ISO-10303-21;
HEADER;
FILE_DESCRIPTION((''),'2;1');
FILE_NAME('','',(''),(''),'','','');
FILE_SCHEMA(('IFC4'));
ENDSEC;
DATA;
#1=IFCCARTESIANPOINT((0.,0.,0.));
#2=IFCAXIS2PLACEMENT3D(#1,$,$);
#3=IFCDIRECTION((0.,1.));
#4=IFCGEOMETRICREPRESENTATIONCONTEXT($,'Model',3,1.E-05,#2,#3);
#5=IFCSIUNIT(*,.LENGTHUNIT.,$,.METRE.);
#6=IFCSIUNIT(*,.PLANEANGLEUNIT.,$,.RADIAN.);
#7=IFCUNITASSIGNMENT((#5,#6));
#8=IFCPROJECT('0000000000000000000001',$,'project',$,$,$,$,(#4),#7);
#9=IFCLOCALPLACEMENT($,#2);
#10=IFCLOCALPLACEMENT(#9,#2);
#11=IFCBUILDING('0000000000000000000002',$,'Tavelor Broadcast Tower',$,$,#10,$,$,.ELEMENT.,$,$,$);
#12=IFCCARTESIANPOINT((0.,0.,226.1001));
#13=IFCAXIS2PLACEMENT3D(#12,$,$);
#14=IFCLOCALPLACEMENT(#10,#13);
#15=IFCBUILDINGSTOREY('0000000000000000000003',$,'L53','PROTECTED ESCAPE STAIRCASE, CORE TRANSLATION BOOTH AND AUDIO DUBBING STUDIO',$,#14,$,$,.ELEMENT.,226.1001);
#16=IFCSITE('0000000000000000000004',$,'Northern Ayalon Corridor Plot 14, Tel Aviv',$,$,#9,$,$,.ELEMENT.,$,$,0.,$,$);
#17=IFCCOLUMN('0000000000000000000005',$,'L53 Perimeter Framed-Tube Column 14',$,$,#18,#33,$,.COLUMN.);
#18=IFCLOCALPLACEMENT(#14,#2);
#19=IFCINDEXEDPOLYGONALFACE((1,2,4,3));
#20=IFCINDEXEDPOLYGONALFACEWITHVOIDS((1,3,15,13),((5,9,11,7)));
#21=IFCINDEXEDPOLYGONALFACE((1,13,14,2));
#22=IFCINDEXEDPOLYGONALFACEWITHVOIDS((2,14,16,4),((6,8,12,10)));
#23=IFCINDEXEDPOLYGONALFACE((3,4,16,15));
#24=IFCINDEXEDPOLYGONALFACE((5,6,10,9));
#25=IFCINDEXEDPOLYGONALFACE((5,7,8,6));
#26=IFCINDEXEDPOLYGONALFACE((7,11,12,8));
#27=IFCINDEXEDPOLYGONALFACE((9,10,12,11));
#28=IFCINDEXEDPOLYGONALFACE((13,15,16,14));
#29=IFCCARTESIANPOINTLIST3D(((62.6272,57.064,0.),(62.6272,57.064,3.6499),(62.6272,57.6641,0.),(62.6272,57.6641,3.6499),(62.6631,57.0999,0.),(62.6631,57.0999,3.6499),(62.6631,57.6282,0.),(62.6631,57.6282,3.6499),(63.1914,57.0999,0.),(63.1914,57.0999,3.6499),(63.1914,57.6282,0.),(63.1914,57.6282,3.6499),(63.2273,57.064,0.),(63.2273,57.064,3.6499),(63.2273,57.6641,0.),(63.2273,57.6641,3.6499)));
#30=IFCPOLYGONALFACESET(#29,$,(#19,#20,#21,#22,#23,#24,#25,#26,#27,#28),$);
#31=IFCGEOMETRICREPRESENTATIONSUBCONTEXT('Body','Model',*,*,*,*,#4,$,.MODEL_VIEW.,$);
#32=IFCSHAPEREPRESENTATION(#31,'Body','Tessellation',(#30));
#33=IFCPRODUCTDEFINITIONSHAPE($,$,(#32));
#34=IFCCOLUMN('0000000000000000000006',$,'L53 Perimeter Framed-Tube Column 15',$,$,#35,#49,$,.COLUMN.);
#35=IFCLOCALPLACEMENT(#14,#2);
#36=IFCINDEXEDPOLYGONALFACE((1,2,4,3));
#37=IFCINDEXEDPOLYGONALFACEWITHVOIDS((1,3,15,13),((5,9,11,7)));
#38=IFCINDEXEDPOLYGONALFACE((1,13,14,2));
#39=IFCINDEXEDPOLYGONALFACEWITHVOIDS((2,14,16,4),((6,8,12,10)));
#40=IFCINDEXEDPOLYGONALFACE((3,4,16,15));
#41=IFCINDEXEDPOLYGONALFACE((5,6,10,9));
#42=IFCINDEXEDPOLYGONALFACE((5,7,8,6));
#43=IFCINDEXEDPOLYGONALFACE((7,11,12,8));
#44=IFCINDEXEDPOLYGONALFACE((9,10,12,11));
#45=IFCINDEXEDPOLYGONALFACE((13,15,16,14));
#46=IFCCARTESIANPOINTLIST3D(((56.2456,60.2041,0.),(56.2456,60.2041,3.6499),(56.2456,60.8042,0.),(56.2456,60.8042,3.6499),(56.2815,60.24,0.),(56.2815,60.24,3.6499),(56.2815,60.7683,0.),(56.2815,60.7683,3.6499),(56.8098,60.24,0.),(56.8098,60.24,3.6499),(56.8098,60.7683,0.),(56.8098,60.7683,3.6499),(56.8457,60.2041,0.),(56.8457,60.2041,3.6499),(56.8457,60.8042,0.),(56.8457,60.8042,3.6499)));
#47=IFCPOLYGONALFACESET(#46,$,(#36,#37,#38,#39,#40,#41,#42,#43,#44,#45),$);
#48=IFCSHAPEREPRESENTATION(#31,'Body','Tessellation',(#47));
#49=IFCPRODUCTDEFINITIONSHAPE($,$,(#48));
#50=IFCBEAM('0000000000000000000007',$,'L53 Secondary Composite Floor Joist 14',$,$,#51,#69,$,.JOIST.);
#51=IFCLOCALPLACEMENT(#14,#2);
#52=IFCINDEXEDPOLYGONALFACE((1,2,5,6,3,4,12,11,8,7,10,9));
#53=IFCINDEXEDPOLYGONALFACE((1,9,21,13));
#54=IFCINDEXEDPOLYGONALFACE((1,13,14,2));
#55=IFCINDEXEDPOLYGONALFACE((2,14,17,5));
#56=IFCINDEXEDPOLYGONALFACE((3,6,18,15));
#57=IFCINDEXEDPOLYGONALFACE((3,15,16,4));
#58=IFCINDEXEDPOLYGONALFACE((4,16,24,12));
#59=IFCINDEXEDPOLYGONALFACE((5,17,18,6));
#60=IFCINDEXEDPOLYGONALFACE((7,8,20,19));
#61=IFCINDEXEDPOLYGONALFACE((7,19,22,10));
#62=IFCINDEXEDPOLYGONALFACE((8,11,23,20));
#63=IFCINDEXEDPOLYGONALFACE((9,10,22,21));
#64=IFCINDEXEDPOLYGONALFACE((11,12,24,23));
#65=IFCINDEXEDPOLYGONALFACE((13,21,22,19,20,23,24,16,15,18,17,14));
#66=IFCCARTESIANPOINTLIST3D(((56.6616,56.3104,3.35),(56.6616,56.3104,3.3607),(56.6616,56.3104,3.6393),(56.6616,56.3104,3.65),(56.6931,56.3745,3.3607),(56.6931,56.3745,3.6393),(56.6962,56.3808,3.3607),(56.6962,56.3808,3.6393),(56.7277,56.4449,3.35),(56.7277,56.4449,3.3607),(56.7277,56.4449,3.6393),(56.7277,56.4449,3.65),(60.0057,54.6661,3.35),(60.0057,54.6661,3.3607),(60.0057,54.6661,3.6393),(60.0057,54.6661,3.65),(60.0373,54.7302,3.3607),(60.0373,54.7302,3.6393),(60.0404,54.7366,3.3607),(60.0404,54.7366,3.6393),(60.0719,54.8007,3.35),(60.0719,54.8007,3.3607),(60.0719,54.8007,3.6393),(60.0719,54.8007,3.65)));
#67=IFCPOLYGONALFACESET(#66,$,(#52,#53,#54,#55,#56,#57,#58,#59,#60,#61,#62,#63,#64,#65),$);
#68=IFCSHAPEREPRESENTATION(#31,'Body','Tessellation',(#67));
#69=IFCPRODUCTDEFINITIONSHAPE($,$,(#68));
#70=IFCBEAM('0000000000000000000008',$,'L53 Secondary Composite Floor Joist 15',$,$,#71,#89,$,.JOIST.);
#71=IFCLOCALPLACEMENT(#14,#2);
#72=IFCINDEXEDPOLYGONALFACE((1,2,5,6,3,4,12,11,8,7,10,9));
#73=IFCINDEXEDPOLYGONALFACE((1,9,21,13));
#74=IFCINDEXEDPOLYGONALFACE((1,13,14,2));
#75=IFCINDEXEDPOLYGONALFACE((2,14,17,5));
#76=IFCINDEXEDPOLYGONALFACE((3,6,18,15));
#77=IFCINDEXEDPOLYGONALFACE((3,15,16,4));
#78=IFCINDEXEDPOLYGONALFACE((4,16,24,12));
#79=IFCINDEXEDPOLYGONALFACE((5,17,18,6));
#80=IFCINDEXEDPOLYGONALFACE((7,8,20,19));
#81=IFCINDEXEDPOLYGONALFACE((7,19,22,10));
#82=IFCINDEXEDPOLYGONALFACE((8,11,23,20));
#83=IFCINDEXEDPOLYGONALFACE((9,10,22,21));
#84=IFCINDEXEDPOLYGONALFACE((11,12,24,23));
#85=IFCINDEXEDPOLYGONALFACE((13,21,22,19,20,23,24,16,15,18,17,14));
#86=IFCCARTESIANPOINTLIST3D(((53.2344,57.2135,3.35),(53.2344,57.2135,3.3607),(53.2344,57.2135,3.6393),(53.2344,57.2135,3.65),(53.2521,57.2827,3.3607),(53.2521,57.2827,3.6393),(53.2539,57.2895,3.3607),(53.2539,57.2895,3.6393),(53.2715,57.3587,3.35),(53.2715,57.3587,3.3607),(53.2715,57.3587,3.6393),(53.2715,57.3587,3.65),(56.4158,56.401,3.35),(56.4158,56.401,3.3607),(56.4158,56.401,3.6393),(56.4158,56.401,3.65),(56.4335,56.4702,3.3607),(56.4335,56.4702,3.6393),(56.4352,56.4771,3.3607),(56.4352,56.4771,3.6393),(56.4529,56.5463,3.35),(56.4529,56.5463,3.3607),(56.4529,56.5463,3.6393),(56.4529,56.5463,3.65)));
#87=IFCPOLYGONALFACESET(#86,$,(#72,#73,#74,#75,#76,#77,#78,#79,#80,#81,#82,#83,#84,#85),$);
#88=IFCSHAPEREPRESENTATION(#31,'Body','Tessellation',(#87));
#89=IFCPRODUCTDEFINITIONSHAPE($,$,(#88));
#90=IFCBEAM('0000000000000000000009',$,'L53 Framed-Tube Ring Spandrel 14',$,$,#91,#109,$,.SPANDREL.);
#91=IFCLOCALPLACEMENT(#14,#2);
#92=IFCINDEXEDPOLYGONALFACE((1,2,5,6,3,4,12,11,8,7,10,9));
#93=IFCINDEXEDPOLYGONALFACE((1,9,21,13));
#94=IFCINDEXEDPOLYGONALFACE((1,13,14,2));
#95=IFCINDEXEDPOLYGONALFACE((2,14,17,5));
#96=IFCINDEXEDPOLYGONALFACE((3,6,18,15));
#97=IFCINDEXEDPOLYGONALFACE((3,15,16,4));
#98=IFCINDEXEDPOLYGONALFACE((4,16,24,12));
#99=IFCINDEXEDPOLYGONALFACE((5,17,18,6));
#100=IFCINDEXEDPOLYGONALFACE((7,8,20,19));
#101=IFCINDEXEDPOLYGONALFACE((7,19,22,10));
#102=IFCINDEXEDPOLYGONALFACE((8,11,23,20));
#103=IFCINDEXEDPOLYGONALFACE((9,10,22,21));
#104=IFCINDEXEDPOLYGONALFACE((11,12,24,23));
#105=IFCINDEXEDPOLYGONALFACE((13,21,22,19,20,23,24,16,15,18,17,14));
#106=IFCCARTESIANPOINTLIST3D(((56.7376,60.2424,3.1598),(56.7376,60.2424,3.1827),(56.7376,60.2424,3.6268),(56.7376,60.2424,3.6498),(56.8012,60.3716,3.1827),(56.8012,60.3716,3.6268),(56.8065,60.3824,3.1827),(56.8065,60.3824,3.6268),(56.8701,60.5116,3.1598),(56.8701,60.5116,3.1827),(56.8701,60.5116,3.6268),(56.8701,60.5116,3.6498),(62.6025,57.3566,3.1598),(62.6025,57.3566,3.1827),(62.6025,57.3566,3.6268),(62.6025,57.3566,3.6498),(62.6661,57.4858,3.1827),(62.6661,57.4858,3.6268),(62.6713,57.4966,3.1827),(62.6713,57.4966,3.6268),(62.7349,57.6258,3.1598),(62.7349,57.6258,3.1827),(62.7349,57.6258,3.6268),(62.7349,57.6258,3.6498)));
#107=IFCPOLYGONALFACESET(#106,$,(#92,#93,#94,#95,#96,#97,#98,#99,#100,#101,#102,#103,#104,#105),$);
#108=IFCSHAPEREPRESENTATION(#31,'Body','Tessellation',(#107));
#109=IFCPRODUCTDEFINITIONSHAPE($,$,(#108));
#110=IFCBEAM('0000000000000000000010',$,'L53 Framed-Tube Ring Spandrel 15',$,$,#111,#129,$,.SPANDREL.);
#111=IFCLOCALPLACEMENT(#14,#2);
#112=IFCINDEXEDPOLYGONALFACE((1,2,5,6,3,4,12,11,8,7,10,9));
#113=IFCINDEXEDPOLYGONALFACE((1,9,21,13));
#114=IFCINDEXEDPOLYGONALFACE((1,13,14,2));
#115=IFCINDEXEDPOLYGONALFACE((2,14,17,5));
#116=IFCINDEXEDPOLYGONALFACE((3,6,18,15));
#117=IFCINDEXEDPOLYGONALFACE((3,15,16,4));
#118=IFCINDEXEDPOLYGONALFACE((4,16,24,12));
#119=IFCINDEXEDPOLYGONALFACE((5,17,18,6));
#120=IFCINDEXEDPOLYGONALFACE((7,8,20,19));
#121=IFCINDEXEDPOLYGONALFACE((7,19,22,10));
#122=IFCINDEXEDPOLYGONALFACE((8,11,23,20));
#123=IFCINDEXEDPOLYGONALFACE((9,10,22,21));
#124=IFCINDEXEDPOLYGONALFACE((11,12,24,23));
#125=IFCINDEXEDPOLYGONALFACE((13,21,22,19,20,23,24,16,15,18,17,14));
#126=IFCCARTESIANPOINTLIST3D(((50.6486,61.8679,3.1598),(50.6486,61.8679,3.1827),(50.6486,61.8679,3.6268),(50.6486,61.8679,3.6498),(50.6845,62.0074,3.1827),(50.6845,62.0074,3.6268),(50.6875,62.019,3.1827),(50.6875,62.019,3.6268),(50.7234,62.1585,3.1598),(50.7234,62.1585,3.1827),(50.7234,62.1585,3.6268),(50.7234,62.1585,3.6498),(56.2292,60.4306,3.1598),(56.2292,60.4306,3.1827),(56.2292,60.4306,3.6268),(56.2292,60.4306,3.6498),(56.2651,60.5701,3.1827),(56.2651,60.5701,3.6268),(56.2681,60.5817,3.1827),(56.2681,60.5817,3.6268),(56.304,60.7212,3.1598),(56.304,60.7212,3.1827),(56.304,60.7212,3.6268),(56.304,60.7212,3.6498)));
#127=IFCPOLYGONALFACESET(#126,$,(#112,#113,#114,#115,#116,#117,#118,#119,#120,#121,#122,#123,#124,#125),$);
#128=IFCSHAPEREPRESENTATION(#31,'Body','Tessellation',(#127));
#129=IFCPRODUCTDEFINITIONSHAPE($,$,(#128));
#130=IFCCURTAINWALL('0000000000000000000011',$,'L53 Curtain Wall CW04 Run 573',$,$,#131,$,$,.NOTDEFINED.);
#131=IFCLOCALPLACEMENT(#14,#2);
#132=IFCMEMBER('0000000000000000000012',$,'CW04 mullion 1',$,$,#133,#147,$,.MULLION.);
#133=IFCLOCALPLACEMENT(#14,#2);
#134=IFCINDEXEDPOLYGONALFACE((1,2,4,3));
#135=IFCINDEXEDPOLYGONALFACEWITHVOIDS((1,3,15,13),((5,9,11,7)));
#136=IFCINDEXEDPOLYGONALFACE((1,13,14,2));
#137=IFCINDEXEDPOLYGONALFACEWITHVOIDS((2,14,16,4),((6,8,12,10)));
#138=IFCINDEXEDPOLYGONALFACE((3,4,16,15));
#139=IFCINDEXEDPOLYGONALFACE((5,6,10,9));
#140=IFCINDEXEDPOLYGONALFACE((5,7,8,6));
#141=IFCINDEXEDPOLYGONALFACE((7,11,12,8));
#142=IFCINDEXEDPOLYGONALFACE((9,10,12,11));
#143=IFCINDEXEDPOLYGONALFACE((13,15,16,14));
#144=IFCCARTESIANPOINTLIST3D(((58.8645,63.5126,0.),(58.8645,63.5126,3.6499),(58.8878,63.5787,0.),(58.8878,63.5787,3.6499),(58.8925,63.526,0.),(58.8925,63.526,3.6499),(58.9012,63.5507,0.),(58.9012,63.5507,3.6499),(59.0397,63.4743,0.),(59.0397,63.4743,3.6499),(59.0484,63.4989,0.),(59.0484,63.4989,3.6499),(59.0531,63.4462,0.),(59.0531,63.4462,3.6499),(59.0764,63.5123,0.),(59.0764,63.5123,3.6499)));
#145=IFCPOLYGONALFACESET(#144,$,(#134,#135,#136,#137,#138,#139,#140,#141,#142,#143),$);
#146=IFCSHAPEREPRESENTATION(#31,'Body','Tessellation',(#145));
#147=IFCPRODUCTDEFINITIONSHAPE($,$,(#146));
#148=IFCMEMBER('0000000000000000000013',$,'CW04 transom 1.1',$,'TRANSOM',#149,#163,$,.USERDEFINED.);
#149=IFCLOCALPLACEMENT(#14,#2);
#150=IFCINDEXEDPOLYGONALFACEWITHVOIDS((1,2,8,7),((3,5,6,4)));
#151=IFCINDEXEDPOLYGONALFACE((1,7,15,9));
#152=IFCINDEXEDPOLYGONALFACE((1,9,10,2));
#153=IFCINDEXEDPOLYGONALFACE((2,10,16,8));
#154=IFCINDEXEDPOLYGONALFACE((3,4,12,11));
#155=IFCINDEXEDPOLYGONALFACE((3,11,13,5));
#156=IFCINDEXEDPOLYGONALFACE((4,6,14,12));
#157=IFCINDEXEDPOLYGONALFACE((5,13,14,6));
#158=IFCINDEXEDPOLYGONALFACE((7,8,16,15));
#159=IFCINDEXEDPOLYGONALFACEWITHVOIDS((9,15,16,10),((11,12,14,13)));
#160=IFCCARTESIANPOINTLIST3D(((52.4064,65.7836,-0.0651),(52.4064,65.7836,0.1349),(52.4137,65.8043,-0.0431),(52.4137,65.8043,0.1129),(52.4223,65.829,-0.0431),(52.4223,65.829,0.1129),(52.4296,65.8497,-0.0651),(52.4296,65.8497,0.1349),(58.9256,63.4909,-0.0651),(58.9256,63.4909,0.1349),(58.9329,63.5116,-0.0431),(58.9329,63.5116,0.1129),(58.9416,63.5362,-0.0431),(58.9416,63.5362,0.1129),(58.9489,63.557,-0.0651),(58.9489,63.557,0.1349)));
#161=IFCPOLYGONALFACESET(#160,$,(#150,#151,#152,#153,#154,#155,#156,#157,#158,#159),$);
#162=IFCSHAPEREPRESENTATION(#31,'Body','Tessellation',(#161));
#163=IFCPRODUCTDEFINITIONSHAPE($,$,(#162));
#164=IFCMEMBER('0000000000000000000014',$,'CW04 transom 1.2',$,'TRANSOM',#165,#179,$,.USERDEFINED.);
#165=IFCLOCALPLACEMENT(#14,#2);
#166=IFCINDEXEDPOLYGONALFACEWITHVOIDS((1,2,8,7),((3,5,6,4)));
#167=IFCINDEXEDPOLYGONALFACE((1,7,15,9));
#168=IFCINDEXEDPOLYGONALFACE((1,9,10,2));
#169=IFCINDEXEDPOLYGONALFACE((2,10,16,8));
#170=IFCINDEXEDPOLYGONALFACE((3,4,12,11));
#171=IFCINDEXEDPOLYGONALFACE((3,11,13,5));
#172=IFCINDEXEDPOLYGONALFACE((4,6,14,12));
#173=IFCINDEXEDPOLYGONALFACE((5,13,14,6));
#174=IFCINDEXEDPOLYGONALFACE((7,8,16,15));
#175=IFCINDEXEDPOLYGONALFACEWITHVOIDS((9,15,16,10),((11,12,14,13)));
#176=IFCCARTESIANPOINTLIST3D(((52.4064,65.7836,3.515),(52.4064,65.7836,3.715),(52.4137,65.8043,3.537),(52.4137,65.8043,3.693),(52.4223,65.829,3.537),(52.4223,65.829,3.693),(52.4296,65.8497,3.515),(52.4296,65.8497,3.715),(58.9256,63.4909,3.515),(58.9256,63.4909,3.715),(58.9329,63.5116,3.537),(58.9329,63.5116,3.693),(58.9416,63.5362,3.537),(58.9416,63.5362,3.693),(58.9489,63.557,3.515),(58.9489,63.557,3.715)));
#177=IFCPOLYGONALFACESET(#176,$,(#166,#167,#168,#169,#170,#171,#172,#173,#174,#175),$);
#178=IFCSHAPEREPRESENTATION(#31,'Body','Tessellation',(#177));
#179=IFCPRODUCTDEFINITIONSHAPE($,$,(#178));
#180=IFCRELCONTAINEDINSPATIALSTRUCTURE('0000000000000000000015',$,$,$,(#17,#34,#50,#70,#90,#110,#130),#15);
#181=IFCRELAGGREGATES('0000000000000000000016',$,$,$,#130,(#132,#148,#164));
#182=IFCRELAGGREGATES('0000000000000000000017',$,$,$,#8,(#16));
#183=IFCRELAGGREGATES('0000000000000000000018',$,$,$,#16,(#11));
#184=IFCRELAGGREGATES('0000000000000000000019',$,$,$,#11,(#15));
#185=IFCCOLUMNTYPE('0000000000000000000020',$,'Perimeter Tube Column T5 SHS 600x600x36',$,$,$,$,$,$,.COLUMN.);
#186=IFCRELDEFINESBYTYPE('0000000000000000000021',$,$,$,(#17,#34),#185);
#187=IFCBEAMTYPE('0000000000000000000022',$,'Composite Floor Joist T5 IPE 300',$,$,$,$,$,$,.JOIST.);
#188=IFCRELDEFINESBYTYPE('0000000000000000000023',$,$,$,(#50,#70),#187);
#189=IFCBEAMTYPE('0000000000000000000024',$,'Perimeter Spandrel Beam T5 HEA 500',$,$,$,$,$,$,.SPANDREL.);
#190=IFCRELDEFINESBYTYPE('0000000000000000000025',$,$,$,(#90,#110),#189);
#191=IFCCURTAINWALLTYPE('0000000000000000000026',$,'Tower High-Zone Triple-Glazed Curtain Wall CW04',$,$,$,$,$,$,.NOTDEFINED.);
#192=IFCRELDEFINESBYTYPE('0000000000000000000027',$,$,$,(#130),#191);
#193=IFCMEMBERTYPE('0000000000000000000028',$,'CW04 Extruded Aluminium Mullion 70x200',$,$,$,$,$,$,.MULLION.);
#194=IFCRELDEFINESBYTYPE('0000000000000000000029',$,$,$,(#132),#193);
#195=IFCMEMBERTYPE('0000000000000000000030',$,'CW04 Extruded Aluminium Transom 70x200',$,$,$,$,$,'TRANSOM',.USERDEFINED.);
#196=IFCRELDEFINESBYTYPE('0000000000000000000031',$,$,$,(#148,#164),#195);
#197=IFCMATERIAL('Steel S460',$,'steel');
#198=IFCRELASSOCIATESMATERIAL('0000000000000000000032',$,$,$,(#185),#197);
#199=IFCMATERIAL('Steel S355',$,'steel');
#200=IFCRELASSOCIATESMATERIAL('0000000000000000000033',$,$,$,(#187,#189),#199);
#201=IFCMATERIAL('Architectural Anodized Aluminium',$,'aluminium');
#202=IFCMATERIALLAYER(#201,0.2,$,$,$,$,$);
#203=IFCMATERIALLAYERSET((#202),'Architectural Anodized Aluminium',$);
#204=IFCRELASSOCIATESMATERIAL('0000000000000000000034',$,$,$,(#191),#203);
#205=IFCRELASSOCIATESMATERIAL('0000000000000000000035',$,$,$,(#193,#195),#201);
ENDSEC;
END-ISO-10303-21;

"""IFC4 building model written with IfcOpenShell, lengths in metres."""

from ifc_helpers import new_model, si_unit, direction, frame, origin, origin_2d, place, context, subcontext, project, spatial, hollow_rectangle, i_section, extrude, source, transform, mapped, material, layer, layer_set, material_profile, profile_set, type_object, type_shapes, element, aggregate, save


model = new_model("IFC4")

# Units and contexts
model_context = context("Model", 3, precision=1e-05, world=origin(), true_north=direction((0.0, 1.0)))
body_context = subcontext(model_context, "Body", "Model", "MODEL_VIEW")
ifc_project = project(units=[si_unit("LENGTHUNIT", "METRE"), si_unit("PLANEANGLEUNIT", "RADIAN")], contexts=[model_context])

# Site, building, storey
site_placement = place(None, origin())
site = spatial("IfcSite", under=ifc_project, at=site_placement, Name="Northern Ayalon Corridor Plot 14, Tel Aviv", CompositionType="ELEMENT", RefElevation=0.0)
building_placement = place(site_placement, origin())
building = spatial("IfcBuilding", under=site, at=building_placement, Name="Tavelor Broadcast Tower", CompositionType="ELEMENT")
storey_placement = place(building_placement, frame((0.0, 0.0, 226.1001)))
storey = spatial("IfcBuildingStorey", under=building, at=storey_placement, Name="L53", Description="PROTECTED ESCAPE STAIRCASE, CORE TRANSLATION BOOTH AND AUDIO DUBBING STUDIO", CompositionType="ELEMENT", Elevation=226.1001)

# Columns
ifc_material_1 = material(Name="Steel S460", Category="steel")
ifc_material_profile_1 = material_profile(ifc_material_1, hollow_rectangle(XDim=0.6001, YDim=0.6001, WallThickness=0.0359, at=origin_2d()), Name="SHS 600x600x36")
ifc_profile_set_1 = profile_set([ifc_material_profile_1], Name="Steel S460")
column_type = type_object("IfcColumnType", Name="Perimeter Tube Column T5 SHS 600x600x36", PredefinedType="COLUMN", material=ifc_profile_set_1)
for number, where, z_axis, x_axis, name in (
    (1, (62.9272, 57.364, 0.0), (0.0, 0.0, 1.0), (1.0, 0.0, 0.0), "L53 Perimeter Framed-Tube Column 14"),
    (2, (56.5457, 60.5042, 0.0), (0.0, 0.0, 1.0), (1.0, 0.0, 0.0), "L53 Perimeter Framed-Tube Column 15"),
):
    element("IfcColumn", number, at=place(storey_placement, frame(where, z_axis=z_axis, x_axis=x_axis)), inside=storey, type_object=column_type, Name=name, PredefinedType="COLUMN", context=body_context, shape_type="SweptSolid", body=[
        extrude(hollow_rectangle(XDim=0.6001, YDim=0.6001, WallThickness=0.0359, at=origin_2d()), origin(), (0.0, 0.0, 1.0), 3.6499),
    ])

# Beams
ifc_material_2 = material(Name="Steel S355", Category="steel")
ifc_material_profile_2 = material_profile(ifc_material_2, i_section(OverallWidth=0.1499, OverallDepth=0.3, WebThickness=0.0071, FlangeThickness=0.0107, at=origin_2d()), Name="IPE 300")
ifc_profile_set_2 = profile_set([ifc_material_profile_2], Name="Steel S355")
beam_type_1 = type_object("IfcBeamType", Name="Composite Floor Joist T5 IPE 300", PredefinedType="JOIST", material=ifc_profile_set_2)
beam_1_placement = place(storey_placement, frame((60.0388, 54.7334, 3.5), z_axis=(-0.897395, 0.441229, 0.0), x_axis=(-0.441229, -0.897395, 0.0)))
element("IfcBeam", 3, at=beam_1_placement, inside=storey, type_object=beam_type_1, Name="L53 Secondary Composite Floor Joist 14", PredefinedType="JOIST", context=body_context, shape_type="SweptSolid", body=[
    extrude(i_section(OverallWidth=0.1499, OverallDepth=0.3, WebThickness=0.0071, FlangeThickness=0.0107, at=origin_2d()), origin(), (0.0, 0.0, 1.0), 3.7266),
])
beam_2_placement = place(storey_placement, frame((56.4343, 56.4736, 3.5), z_axis=(-0.968901, 0.247449, 0.0), x_axis=(-0.247449, -0.968901, 0.0)))
element("IfcBeam", 4, at=beam_2_placement, inside=storey, type_object=beam_type_1, Name="L53 Secondary Composite Floor Joist 15", PredefinedType="JOIST", context=body_context, shape_type="SweptSolid", body=[
    extrude(i_section(OverallWidth=0.1499, OverallDepth=0.3, WebThickness=0.0071, FlangeThickness=0.0107, at=origin_2d()), origin(), (0.0, 0.0, 1.0), 3.2834),
])
ifc_material_profile_3 = material_profile(ifc_material_2, i_section(OverallWidth=0.3, OverallDepth=0.49, WebThickness=0.012, FlangeThickness=0.0229, at=origin_2d()), Name="HEA 500")
ifc_profile_set_3 = profile_set([ifc_material_profile_3], Name="Steel S355")
beam_type_2 = type_object("IfcBeamType", Name="Perimeter Spandrel Beam T5 HEA 500", PredefinedType="SPANDREL", material=ifc_profile_set_3)
beam_3_placement = place(storey_placement, frame((62.6687, 57.4912, 3.4048), z_axis=(-0.897263, 0.441497, 0.0), x_axis=(-0.441497, -0.897263, 0.0)))
element("IfcBeam", 5, at=beam_3_placement, inside=storey, type_object=beam_type_2, Name="L53 Framed-Tube Ring Spandrel 14", PredefinedType="SPANDREL", context=body_context, shape_type="SweptSolid", body=[
    extrude(i_section(OverallWidth=0.3, OverallDepth=0.49, WebThickness=0.012, FlangeThickness=0.0229, at=origin_2d()), origin(), (0.0, 0.0, 1.0), 6.5364),
])
beam_4_placement = place(storey_placement, frame((56.2666, 60.5759, 3.4048), z_axis=(-0.968399, 0.249408, 0.0), x_axis=(-0.249408, -0.968399, 0.0)))
element("IfcBeam", 6, at=beam_4_placement, inside=storey, type_object=beam_type_2, Name="L53 Framed-Tube Ring Spandrel 15", PredefinedType="SPANDREL", context=body_context, shape_type="SweptSolid", body=[
    extrude(i_section(OverallWidth=0.3, OverallDepth=0.49, WebThickness=0.012, FlangeThickness=0.0229, at=origin_2d()), origin(), (0.0, 0.0, 1.0), 5.7627),
])

# Curtain wall, members
ifc_material_3 = material(Name="Architectural Anodized Aluminium", Category="aluminium")
ifc_layer_1 = layer(ifc_material_3, 0.2)
ifc_layer_set_1 = layer_set([ifc_layer_1], Name="Architectural Anodized Aluminium")
curtain_wall_type = type_object("IfcCurtainWallType", Name="Tower High-Zone Triple-Glazed Curtain Wall CW04", PredefinedType="NOTDEFINED", material=ifc_layer_set_1)
curtain_wall_placement = place(storey_placement, origin())
curtain_wall = element("IfcCurtainWall", 7, at=curtain_wall_placement, inside=storey, type_object=curtain_wall_type, Name="L53 Curtain Wall CW04 Run 573", PredefinedType="NOTDEFINED")
ifc_material_profile_4 = material_profile(ifc_material_3, hollow_rectangle(XDim=0.0701, YDim=0.2, WallThickness=0.022, at=origin_2d()), Name="RHS 70x200x22")
ifc_profile_set_4 = profile_set([ifc_material_profile_4], Name="Architectural Anodized Aluminium")
member_type_1 = type_object("IfcMemberType", Name="CW04 Extruded Aluminium Mullion 70x200", PredefinedType="MULLION", material=ifc_profile_set_4)
shared_shape_1 = source(origin(), body_context, "Body", "SweptSolid", [
    extrude(hollow_rectangle(XDim=0.0701, YDim=0.2, WallThickness=0.022, at=origin_2d()), origin(), (0.0, 0.0, 1.0), 3.6499),
])
type_shapes(member_type_1, [shared_shape_1])
member_1_placement = place(storey_placement, frame((58.9705, 63.5125, 0.0), z_axis=(0.0, 0.0, 1.0), x_axis=(-0.331754, -0.943366, 0.0)))
member_1 = element("IfcMember", 8, at=member_1_placement, type_object=member_type_1, Name="CW04 mullion 1", PredefinedType="MULLION", context=body_context, shape_type="MappedRepresentation", body=[
    mapped(shared_shape_1, transform((0.0, 0.0, 0.0), scale=1.0)),
])
ifc_material_profile_5 = material_profile(ifc_material_3, hollow_rectangle(XDim=0.0701, YDim=0.2, WallThickness=0.022, at=origin_2d()), Name="RHS 70x200x22")
ifc_profile_set_5 = profile_set([ifc_material_profile_5], Name="Architectural Anodized Aluminium")
member_type_2 = type_object("IfcMemberType", Name="CW04 Extruded Aluminium Transom 70x200", ElementType="TRANSOM", PredefinedType="USERDEFINED", material=ifc_profile_set_5)
shared_shape_2 = source(origin(), body_context, "Body", "SweptSolid", [
    extrude(hollow_rectangle(XDim=0.0701, YDim=0.2, WallThickness=0.022, at=origin_2d()), origin(), (0.0, 0.0, 1.0), 6.9106),
])
type_shapes(member_type_2, [shared_shape_2])
member_2_placement = place(storey_placement, frame((58.9373, 63.5239, 0.0349), z_axis=(-0.943362, 0.331765, 0.0), x_axis=(-0.331765, -0.943362, 0.0)))
member_2 = element("IfcMember", 9, at=member_2_placement, type_object=member_type_2, Name="CW04 transom 1.1", ObjectType="TRANSOM", PredefinedType="USERDEFINED", context=body_context, shape_type="MappedRepresentation", body=[
    mapped(shared_shape_2, transform((0.0, 0.0, 0.0), scale=1.0)),
])
member_3_placement = place(storey_placement, frame((58.9373, 63.5239, 3.615), z_axis=(-0.943362, 0.331765, 0.0), x_axis=(-0.331765, -0.943362, 0.0)))
member_3 = element("IfcMember", 10, at=member_3_placement, type_object=member_type_2, Name="CW04 transom 1.2", ObjectType="TRANSOM", PredefinedType="USERDEFINED", context=body_context, shape_type="MappedRepresentation", body=[
    mapped(shared_shape_2, transform((0.0, 0.0, 0.0), scale=1.0)),
])

aggregate(curtain_wall, [member_1, member_2, member_3])

save(model, "model.ifc")
